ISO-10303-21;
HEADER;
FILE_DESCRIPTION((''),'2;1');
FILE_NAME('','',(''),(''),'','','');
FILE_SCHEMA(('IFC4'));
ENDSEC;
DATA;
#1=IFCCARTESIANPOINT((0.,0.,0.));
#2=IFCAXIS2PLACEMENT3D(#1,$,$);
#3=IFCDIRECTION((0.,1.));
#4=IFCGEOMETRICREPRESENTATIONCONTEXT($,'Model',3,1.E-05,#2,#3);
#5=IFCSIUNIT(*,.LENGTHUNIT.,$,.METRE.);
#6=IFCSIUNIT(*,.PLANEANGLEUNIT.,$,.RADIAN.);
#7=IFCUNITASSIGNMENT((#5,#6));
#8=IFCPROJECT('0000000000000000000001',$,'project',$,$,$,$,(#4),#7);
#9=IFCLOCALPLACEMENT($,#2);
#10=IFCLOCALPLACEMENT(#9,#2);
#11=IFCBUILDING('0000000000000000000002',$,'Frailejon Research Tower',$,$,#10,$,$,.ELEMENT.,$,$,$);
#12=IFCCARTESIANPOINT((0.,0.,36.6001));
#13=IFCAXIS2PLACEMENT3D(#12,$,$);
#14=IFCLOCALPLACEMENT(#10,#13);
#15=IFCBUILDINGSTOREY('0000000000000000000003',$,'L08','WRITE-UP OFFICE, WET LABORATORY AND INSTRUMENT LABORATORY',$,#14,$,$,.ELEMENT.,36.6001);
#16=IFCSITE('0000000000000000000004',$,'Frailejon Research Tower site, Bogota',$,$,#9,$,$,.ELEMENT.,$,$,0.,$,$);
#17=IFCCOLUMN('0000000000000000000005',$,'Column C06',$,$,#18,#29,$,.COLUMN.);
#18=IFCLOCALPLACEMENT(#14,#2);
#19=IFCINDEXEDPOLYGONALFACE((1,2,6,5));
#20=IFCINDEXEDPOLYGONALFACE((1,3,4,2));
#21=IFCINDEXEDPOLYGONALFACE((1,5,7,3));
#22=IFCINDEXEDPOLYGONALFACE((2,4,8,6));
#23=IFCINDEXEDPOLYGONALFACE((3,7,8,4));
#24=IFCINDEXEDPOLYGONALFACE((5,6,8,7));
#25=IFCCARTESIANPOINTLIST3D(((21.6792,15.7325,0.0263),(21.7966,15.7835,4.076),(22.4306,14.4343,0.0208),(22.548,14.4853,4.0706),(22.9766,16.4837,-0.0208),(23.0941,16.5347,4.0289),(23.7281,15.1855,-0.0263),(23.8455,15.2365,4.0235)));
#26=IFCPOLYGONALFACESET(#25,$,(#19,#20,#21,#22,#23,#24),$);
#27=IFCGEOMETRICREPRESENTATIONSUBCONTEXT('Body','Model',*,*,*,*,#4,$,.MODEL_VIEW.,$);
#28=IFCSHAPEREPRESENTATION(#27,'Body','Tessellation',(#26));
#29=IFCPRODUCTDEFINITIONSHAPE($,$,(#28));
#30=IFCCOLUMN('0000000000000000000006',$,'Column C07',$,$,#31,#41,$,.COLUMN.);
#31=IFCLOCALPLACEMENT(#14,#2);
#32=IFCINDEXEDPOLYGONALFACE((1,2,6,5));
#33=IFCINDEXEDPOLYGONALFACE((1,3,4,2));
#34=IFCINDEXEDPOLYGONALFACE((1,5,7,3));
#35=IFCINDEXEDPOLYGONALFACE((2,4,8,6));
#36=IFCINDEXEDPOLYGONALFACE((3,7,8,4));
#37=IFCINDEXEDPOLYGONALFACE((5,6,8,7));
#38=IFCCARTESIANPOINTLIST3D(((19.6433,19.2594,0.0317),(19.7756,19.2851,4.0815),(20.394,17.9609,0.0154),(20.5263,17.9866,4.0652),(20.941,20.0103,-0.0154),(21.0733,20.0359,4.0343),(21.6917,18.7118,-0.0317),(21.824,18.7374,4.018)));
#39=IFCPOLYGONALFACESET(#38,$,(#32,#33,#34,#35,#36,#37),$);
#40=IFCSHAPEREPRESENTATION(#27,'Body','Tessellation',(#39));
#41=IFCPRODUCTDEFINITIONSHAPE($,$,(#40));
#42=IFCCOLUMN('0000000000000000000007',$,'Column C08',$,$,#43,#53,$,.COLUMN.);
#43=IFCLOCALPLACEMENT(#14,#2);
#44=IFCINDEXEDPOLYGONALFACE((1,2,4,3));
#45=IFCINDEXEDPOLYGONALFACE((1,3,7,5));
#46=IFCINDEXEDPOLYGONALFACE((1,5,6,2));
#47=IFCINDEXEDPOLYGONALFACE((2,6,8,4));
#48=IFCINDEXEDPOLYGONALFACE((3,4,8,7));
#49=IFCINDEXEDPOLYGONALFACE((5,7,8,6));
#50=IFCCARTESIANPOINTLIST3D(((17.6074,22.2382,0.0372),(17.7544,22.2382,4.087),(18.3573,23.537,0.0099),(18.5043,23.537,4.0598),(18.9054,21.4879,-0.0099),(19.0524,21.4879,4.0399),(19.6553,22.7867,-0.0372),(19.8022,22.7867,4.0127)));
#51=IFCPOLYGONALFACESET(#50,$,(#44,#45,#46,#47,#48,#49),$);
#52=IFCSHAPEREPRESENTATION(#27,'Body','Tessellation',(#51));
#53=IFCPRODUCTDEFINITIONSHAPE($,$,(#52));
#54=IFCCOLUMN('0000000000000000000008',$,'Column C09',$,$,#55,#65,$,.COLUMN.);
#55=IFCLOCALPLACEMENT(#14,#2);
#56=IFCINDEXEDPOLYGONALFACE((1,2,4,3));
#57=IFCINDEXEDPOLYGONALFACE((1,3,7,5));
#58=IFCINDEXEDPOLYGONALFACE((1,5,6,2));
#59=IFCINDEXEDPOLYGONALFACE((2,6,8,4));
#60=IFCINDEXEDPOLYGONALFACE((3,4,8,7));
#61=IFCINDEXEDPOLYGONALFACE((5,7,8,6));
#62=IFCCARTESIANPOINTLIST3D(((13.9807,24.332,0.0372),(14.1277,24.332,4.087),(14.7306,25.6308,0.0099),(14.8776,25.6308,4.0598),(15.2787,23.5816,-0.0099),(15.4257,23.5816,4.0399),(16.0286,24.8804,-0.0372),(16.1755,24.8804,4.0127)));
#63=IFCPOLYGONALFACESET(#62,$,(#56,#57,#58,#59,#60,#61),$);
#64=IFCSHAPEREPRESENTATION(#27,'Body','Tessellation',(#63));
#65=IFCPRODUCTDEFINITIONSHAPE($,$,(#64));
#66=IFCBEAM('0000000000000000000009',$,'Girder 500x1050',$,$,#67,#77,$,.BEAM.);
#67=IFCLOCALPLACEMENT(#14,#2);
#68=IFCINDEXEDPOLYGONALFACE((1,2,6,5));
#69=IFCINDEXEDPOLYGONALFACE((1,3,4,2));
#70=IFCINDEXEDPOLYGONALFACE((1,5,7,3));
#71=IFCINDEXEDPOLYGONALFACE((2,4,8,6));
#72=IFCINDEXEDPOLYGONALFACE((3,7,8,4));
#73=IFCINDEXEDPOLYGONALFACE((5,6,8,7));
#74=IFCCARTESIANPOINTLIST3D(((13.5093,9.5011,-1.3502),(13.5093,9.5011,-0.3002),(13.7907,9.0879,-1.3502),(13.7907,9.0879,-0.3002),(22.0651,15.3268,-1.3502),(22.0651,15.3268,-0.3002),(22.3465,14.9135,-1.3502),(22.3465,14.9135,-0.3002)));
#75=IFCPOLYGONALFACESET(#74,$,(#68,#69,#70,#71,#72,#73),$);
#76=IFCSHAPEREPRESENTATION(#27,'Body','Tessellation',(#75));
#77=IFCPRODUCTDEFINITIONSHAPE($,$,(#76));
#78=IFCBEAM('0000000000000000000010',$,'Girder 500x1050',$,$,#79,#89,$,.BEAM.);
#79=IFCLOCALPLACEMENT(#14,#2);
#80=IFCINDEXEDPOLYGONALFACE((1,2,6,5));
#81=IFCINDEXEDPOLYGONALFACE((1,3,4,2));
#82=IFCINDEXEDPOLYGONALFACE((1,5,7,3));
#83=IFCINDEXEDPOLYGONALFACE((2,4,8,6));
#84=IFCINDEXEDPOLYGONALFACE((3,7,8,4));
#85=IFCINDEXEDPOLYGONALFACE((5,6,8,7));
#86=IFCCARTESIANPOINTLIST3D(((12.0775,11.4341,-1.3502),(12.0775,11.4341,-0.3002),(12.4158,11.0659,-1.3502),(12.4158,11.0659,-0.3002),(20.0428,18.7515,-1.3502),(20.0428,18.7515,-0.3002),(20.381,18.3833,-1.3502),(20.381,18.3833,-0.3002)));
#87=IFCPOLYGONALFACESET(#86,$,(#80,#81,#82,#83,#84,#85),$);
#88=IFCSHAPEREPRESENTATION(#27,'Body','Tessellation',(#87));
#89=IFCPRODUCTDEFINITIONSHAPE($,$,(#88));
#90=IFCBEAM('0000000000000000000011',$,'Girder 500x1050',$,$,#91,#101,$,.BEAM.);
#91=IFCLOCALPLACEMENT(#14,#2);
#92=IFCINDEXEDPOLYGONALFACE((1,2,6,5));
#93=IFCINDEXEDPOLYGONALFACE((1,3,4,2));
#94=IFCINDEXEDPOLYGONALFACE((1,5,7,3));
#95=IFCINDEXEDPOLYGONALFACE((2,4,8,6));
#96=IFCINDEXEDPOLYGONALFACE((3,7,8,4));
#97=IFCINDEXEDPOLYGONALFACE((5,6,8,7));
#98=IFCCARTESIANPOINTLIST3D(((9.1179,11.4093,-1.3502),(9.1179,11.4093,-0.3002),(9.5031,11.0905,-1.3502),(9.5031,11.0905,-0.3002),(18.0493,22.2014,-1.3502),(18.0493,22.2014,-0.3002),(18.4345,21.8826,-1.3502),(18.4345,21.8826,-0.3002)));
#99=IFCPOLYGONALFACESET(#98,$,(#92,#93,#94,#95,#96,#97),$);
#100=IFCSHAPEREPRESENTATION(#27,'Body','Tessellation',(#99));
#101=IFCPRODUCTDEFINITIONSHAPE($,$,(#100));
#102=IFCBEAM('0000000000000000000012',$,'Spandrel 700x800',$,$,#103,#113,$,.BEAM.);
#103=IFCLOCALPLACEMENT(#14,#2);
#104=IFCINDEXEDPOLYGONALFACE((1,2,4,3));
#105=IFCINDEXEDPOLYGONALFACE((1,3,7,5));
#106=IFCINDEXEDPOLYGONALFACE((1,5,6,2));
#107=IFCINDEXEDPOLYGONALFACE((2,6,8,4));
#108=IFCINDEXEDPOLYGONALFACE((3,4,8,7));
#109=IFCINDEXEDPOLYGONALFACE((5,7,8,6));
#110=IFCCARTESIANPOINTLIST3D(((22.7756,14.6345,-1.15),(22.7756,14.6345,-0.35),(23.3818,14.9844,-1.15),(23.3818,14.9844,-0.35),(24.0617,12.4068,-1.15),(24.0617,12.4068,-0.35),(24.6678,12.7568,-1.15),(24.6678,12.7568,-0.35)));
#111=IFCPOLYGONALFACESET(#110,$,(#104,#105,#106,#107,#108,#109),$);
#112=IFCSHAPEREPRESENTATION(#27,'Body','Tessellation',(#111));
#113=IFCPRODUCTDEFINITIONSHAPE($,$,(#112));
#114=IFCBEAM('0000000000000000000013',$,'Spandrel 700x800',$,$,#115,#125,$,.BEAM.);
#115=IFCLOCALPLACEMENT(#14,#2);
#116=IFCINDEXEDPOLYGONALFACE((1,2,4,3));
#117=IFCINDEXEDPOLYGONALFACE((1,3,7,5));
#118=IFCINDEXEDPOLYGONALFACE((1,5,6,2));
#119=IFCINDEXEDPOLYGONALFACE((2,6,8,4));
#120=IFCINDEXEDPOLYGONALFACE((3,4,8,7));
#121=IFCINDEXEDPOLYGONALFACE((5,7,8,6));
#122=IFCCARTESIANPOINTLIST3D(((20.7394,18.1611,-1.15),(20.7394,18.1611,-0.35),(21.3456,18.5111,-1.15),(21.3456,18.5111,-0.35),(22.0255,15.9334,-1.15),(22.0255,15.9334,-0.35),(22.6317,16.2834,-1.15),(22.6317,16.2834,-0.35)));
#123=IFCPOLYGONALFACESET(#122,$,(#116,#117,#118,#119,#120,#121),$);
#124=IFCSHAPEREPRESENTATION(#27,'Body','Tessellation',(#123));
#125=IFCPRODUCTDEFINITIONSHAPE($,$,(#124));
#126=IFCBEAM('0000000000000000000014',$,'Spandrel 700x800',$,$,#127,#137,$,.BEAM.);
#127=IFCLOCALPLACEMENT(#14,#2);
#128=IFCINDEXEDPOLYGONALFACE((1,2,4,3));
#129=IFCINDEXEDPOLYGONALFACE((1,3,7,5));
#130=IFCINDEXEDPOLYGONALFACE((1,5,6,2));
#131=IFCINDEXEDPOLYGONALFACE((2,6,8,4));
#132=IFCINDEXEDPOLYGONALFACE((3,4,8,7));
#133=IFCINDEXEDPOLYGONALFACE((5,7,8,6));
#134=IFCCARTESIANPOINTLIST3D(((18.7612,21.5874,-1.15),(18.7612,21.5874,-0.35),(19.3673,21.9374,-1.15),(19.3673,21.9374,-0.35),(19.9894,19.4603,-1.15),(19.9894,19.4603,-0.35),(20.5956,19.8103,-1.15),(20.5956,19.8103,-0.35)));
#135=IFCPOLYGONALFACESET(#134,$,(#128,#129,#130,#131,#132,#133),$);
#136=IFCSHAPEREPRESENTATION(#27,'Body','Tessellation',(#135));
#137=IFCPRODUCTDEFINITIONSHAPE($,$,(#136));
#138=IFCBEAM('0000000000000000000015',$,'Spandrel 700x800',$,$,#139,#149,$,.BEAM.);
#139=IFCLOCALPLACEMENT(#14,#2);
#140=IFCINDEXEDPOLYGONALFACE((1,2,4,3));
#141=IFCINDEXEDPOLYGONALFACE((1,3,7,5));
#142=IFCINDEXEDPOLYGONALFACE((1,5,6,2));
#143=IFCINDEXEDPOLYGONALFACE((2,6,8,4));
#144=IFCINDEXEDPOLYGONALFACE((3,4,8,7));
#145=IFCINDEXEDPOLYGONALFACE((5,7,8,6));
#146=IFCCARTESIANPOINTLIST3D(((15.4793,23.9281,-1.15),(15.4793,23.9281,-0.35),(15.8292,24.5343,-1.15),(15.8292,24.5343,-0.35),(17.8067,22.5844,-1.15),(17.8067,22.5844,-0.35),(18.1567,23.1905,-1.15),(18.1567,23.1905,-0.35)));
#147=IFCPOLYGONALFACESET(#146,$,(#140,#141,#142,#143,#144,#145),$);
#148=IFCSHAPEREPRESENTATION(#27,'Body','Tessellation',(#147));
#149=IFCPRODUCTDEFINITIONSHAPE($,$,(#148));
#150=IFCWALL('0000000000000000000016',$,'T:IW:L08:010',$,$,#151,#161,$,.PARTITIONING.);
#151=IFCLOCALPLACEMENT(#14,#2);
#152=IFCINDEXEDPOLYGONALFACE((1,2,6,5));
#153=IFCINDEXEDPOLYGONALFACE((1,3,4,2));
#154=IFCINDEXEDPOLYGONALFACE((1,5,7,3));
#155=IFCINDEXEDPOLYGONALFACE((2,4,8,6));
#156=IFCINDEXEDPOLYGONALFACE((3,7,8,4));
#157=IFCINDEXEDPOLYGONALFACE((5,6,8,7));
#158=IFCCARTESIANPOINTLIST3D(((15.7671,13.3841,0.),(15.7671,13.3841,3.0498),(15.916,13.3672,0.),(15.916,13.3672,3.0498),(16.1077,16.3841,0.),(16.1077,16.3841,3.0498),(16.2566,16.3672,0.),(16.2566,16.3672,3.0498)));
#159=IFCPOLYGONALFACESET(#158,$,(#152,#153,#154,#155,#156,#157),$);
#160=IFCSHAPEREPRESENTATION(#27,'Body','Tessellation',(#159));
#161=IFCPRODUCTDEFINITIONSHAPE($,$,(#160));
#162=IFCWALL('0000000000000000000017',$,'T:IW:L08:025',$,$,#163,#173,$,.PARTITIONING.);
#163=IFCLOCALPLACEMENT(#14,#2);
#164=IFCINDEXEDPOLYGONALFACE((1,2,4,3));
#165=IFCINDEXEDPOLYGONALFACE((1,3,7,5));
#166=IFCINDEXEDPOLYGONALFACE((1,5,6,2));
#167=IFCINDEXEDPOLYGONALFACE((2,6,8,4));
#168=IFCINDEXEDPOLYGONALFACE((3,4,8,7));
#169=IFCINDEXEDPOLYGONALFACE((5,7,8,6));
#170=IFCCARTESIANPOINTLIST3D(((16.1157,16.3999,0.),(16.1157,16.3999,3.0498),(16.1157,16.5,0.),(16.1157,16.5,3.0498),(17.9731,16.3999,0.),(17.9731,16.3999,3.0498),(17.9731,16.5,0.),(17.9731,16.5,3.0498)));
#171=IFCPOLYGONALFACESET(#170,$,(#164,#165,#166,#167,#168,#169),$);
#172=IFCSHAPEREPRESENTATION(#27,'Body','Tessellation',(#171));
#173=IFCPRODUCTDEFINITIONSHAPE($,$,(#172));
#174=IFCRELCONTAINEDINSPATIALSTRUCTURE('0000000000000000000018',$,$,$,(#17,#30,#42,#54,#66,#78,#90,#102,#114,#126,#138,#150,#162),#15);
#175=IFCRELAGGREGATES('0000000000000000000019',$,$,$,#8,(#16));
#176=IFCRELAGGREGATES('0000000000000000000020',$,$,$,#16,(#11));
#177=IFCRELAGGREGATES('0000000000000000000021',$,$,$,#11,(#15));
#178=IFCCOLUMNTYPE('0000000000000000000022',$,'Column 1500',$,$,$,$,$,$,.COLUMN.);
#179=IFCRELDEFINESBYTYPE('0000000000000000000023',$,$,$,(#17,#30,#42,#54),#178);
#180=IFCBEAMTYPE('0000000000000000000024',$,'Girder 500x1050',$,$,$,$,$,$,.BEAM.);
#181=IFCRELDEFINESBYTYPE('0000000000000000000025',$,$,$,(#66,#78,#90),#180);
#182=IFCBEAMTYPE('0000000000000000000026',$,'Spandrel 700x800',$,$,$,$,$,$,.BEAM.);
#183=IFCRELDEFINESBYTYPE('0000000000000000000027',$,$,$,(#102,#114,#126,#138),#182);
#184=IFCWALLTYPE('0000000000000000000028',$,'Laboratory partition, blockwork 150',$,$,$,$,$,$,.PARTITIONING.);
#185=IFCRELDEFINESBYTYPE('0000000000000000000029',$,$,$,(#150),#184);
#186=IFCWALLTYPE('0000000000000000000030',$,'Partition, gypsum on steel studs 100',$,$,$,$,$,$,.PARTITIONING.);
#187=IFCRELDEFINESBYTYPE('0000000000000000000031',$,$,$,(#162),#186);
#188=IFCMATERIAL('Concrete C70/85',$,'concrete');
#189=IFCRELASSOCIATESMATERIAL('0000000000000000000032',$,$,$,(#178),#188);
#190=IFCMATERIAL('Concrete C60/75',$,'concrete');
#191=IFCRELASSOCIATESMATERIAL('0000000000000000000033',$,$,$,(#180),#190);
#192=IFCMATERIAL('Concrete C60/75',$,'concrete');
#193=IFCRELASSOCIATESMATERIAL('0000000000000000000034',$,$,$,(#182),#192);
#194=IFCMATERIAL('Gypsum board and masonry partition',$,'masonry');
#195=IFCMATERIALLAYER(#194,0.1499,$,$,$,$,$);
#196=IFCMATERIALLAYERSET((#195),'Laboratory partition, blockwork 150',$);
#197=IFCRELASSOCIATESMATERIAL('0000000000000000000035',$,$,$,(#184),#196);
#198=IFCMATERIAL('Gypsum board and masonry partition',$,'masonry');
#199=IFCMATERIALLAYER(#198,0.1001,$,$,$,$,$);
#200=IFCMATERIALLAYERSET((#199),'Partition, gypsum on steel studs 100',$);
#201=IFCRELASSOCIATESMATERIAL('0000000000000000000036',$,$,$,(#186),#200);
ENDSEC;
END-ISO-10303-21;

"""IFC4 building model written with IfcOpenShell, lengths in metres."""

from ifc_helpers import new_model, si_unit, direction, frame, frame_2d, origin, origin_2d, place, context, subcontext, project, spatial, rectangle, extrude, material, layer, layer_set, material_profile, profile_set, type_object, element, save


model = new_model("IFC4")

# Units and contexts
model_context = context("Model", 3, precision=1e-05, world=origin(), true_north=direction((0.0, 1.0)))
body_context = subcontext(model_context, "Body", "Model", "MODEL_VIEW")
ifc_project = project(units=[si_unit("LENGTHUNIT", "METRE"), si_unit("PLANEANGLEUNIT", "RADIAN")], contexts=[model_context])

# Site, building, storey
site_placement = place(None, origin())
site = spatial("IfcSite", under=ifc_project, at=site_placement, Name="Frailejon Research Tower site, Bogota", CompositionType="ELEMENT", RefElevation=0.0)
building_placement = place(site_placement, origin())
building = spatial("IfcBuilding", under=site, at=building_placement, Name="Frailejon Research Tower", CompositionType="ELEMENT")
storey_placement = place(building_placement, frame((0.0, 0.0, 36.6001)))
storey = spatial("IfcBuildingStorey", under=building, at=storey_placement, Name="L08", Description="WRITE-UP OFFICE, WET LABORATORY AND INSTRUMENT LABORATORY", CompositionType="ELEMENT", Elevation=36.6001)

# Columns
ifc_material_1 = material(Name="Concrete C70/85", Category="concrete")
ifc_material_profile_1 = material_profile(ifc_material_1, rectangle(XDim=1.5, YDim=1.5, at=origin_2d()), Name="Column 1500")
ifc_profile_set_1 = profile_set([ifc_material_profile_1], Name="Concrete C70/85")
column_type = type_object("IfcColumnType", Name="Column 1500", PredefinedType="COLUMN", material=ifc_profile_set_1)
column_1_placement = place(storey_placement, frame((22.7036, 15.459, 0.0), z_axis=(0.028982, 0.012593, 0.999501), x_axis=(-0.500966, 0.865459, 0.003622)))
element("IfcColumn", 1, at=column_1_placement, inside=storey, type_object=column_type, Name="Column C06", PredefinedType="COLUMN", context=body_context, shape_type="SweptSolid", body=[
    extrude(rectangle(XDim=1.5, YDim=1.5, at=origin_2d()), origin(), (0.0, 0.0, 1.0), 4.0518),
])
column_2_placement = place(storey_placement, frame((20.6675, 18.9856, 0.0), z_axis=(0.032656, 0.006326, 0.999447), x_axis=(-0.500479, 0.865681, 0.010873)))
element("IfcColumn", 2, at=column_2_placement, inside=storey, type_object=column_type, Name="Column C07", PredefinedType="COLUMN", context=body_context, shape_type="SweptSolid", body=[
    extrude(rectangle(XDim=1.5, YDim=1.5, at=origin_2d()), origin(), (0.0, 0.0, 1.0), 4.052),
])
for number, where, z_axis, x_axis, name in (
    (3, (18.6313, 22.5125, 0.0), (0.036267, 0.0, 0.999342), (-0.865313, 0.500246, 0.031403), "Column C08"),
    (4, (15.0046, 24.6062, 0.0), (0.036267, 0.0, 0.999342), (-0.865313, 0.500246, 0.031403), "Column C09"),
):
    element("IfcColumn", number, at=place(storey_placement, frame(where, z_axis=z_axis, x_axis=x_axis)), inside=storey, type_object=column_type, Name=name, PredefinedType="COLUMN", context=body_context, shape_type="SweptSolid", body=[
        extrude(rectangle(XDim=1.5, YDim=1.5, at=origin_2d()), origin(), (0.0, 0.0, 1.0), 4.0525),
    ])

# Beams
ifc_material_2 = material(Name="Concrete C60/75", Category="concrete")
ifc_material_profile_2 = material_profile(ifc_material_2, rectangle(XDim=0.5, YDim=1.05, at=origin_2d()), Name="Girder 500x1050")
ifc_profile_set_2 = profile_set([ifc_material_profile_2], Name="Concrete C60/75")
beam_type_1 = type_object("IfcBeamType", Name="Girder 500x1050", PredefinedType="BEAM", material=ifc_profile_set_2)
beam_1_placement = place(storey_placement, frame((22.2058, 15.1201, -0.8252), z_axis=(-0.826582, -0.562816, 0.0), x_axis=(0.562816, -0.826582, 0.0)))
element("IfcBeam", 5, at=beam_1_placement, inside=storey, type_object=beam_type_1, Name="Girder 500x1050", PredefinedType="BEAM", context=body_context, shape_type="SweptSolid", body=[
    extrude(rectangle(XDim=0.5, YDim=1.05, at=origin_2d()), origin(), (0.0, 0.0, 1.0), 10.3508),
])
beam_2_placement = place(storey_placement, frame((20.2119, 18.5674, -0.8252), z_axis=(-0.736425, -0.676519, 0.0), x_axis=(0.676519, -0.736425, 0.0)))
element("IfcBeam", 6, at=beam_2_placement, inside=storey, type_object=beam_type_1, Name="Girder 500x1050", PredefinedType="BEAM", context=body_context, shape_type="SweptSolid", body=[
    extrude(rectangle(XDim=0.5, YDim=1.05, at=origin_2d()), origin(), (0.0, 0.0, 1.0), 10.8162),
])
beam_3_placement = place(storey_placement, frame((18.2419, 22.042, -0.8252), z_axis=(-0.637572, -0.770391, 0.0), x_axis=(0.770391, -0.637572, 0.0)))
element("IfcBeam", 7, at=beam_3_placement, inside=storey, type_object=beam_type_1, Name="Girder 500x1050", PredefinedType="BEAM", context=body_context, shape_type="SweptSolid", body=[
    extrude(rectangle(XDim=0.5, YDim=1.05, at=origin_2d()), origin(), (0.0, 0.0, 1.0), 14.0085),
])
ifc_material_3 = material(Name="Concrete C60/75", Category="concrete")
ifc_material_profile_3 = material_profile(ifc_material_3, rectangle(XDim=0.7, YDim=0.8, at=origin_2d()), Name="Spandrel 700x800")
ifc_profile_set_3 = profile_set([ifc_material_profile_3], Name="Concrete C60/75")
beam_type_2 = type_object("IfcBeamType", Name="Spandrel 700x800", PredefinedType="BEAM", material=ifc_profile_set_3)
for number, where, z_axis, x_axis, name in (
    (8, (24.3647, 12.5818, -0.75), (-0.499977, 0.866039, 0.0), (-0.866039, -0.499977, 0.0), "Spandrel 700x800"),
    (9, (22.3286, 16.1084, -0.75), (-0.499977, 0.866039, 0.0), (-0.866039, -0.499977, 0.0), "Spandrel 700x800"),
):
    element("IfcBeam", number, at=place(storey_placement, frame(where, z_axis=z_axis, x_axis=x_axis)), inside=storey, type_object=beam_type_2, Name=name, PredefinedType="BEAM", context=body_context, shape_type="SweptSolid", body=[
        extrude(rectangle(XDim=0.7, YDim=0.8, at=origin_2d()), origin(), (0.0, 0.0, 1.0), 2.5723),
    ])
beam_4_placement = place(storey_placement, frame((20.2925, 19.6353, -0.75), z_axis=(-0.500041, 0.866002, 0.0), x_axis=(-0.866002, -0.500041, 0.0)))
element("IfcBeam", 10, at=beam_4_placement, inside=storey, type_object=beam_type_2, Name="Spandrel 700x800", PredefinedType="BEAM", context=body_context, shape_type="SweptSolid", body=[
    extrude(rectangle(XDim=0.7, YDim=0.8, at=origin_2d()), origin(), (0.0, 0.0, 1.0), 2.4563),
])
beam_5_placement = place(storey_placement, frame((17.9817, 22.8875, -0.75), z_axis=(-0.866021, 0.500008, 0.0), x_axis=(-0.500008, -0.866021, 0.0)))
element("IfcBeam", 11, at=beam_5_placement, inside=storey, type_object=beam_type_2, Name="Spandrel 700x800", PredefinedType="BEAM", context=body_context, shape_type="SweptSolid", body=[
    extrude(rectangle(XDim=0.7, YDim=0.8, at=origin_2d()), origin(), (0.0, 0.0, 1.0), 2.6875),
])

# Walls
ifc_material_4 = material(Name="Gypsum board and masonry partition", Category="masonry")
ifc_layer_1 = layer(ifc_material_4, 0.1499)
ifc_layer_set_1 = layer_set([ifc_layer_1], Name="Laboratory partition, blockwork 150")
wall_type_1 = type_object("IfcWallType", Name="Laboratory partition, blockwork 150", PredefinedType="PARTITIONING", material=ifc_layer_set_1)
wall_1_placement = place(storey_placement, frame((15.8416, 13.3755, 0.0), z_axis=(0.0, 0.0, 1.0), x_axis=(0.112801, 0.993618, 0.0)))
element("IfcWall", 12, at=wall_1_placement, inside=storey, type_object=wall_type_1, Name="T:IW:L08:010", PredefinedType="PARTITIONING", context=body_context, shape_type="SweptSolid", body=[
    extrude(rectangle(XDim=3.0193, YDim=0.1499, at=frame_2d((1.5098, 0.0))), origin(), (0.0, 0.0, 1.0), 3.0498),
])
ifc_material_5 = material(Name="Gypsum board and masonry partition", Category="masonry")
ifc_layer_2 = layer(ifc_material_5, 0.1001)
ifc_layer_set_2 = layer_set([ifc_layer_2], Name="Partition, gypsum on steel studs 100")
wall_type_2 = type_object("IfcWallType", Name="Partition, gypsum on steel studs 100", PredefinedType="PARTITIONING", material=ifc_layer_set_2)
wall_2_placement = place(storey_placement, frame((16.1157, 16.45, 0.0), z_axis=(0.0, 0.0, 1.0), x_axis=(1.0, 0.0, 0.0)))
element("IfcWall", 13, at=wall_2_placement, inside=storey, type_object=wall_type_2, Name="T:IW:L08:025", PredefinedType="PARTITIONING", context=body_context, shape_type="SweptSolid", body=[
    extrude(rectangle(XDim=1.8574, YDim=0.1001, at=frame_2d((0.9287, 0.0))), origin(), (0.0, 0.0, 1.0), 3.0498),
])

save(model, "model.ifc")
